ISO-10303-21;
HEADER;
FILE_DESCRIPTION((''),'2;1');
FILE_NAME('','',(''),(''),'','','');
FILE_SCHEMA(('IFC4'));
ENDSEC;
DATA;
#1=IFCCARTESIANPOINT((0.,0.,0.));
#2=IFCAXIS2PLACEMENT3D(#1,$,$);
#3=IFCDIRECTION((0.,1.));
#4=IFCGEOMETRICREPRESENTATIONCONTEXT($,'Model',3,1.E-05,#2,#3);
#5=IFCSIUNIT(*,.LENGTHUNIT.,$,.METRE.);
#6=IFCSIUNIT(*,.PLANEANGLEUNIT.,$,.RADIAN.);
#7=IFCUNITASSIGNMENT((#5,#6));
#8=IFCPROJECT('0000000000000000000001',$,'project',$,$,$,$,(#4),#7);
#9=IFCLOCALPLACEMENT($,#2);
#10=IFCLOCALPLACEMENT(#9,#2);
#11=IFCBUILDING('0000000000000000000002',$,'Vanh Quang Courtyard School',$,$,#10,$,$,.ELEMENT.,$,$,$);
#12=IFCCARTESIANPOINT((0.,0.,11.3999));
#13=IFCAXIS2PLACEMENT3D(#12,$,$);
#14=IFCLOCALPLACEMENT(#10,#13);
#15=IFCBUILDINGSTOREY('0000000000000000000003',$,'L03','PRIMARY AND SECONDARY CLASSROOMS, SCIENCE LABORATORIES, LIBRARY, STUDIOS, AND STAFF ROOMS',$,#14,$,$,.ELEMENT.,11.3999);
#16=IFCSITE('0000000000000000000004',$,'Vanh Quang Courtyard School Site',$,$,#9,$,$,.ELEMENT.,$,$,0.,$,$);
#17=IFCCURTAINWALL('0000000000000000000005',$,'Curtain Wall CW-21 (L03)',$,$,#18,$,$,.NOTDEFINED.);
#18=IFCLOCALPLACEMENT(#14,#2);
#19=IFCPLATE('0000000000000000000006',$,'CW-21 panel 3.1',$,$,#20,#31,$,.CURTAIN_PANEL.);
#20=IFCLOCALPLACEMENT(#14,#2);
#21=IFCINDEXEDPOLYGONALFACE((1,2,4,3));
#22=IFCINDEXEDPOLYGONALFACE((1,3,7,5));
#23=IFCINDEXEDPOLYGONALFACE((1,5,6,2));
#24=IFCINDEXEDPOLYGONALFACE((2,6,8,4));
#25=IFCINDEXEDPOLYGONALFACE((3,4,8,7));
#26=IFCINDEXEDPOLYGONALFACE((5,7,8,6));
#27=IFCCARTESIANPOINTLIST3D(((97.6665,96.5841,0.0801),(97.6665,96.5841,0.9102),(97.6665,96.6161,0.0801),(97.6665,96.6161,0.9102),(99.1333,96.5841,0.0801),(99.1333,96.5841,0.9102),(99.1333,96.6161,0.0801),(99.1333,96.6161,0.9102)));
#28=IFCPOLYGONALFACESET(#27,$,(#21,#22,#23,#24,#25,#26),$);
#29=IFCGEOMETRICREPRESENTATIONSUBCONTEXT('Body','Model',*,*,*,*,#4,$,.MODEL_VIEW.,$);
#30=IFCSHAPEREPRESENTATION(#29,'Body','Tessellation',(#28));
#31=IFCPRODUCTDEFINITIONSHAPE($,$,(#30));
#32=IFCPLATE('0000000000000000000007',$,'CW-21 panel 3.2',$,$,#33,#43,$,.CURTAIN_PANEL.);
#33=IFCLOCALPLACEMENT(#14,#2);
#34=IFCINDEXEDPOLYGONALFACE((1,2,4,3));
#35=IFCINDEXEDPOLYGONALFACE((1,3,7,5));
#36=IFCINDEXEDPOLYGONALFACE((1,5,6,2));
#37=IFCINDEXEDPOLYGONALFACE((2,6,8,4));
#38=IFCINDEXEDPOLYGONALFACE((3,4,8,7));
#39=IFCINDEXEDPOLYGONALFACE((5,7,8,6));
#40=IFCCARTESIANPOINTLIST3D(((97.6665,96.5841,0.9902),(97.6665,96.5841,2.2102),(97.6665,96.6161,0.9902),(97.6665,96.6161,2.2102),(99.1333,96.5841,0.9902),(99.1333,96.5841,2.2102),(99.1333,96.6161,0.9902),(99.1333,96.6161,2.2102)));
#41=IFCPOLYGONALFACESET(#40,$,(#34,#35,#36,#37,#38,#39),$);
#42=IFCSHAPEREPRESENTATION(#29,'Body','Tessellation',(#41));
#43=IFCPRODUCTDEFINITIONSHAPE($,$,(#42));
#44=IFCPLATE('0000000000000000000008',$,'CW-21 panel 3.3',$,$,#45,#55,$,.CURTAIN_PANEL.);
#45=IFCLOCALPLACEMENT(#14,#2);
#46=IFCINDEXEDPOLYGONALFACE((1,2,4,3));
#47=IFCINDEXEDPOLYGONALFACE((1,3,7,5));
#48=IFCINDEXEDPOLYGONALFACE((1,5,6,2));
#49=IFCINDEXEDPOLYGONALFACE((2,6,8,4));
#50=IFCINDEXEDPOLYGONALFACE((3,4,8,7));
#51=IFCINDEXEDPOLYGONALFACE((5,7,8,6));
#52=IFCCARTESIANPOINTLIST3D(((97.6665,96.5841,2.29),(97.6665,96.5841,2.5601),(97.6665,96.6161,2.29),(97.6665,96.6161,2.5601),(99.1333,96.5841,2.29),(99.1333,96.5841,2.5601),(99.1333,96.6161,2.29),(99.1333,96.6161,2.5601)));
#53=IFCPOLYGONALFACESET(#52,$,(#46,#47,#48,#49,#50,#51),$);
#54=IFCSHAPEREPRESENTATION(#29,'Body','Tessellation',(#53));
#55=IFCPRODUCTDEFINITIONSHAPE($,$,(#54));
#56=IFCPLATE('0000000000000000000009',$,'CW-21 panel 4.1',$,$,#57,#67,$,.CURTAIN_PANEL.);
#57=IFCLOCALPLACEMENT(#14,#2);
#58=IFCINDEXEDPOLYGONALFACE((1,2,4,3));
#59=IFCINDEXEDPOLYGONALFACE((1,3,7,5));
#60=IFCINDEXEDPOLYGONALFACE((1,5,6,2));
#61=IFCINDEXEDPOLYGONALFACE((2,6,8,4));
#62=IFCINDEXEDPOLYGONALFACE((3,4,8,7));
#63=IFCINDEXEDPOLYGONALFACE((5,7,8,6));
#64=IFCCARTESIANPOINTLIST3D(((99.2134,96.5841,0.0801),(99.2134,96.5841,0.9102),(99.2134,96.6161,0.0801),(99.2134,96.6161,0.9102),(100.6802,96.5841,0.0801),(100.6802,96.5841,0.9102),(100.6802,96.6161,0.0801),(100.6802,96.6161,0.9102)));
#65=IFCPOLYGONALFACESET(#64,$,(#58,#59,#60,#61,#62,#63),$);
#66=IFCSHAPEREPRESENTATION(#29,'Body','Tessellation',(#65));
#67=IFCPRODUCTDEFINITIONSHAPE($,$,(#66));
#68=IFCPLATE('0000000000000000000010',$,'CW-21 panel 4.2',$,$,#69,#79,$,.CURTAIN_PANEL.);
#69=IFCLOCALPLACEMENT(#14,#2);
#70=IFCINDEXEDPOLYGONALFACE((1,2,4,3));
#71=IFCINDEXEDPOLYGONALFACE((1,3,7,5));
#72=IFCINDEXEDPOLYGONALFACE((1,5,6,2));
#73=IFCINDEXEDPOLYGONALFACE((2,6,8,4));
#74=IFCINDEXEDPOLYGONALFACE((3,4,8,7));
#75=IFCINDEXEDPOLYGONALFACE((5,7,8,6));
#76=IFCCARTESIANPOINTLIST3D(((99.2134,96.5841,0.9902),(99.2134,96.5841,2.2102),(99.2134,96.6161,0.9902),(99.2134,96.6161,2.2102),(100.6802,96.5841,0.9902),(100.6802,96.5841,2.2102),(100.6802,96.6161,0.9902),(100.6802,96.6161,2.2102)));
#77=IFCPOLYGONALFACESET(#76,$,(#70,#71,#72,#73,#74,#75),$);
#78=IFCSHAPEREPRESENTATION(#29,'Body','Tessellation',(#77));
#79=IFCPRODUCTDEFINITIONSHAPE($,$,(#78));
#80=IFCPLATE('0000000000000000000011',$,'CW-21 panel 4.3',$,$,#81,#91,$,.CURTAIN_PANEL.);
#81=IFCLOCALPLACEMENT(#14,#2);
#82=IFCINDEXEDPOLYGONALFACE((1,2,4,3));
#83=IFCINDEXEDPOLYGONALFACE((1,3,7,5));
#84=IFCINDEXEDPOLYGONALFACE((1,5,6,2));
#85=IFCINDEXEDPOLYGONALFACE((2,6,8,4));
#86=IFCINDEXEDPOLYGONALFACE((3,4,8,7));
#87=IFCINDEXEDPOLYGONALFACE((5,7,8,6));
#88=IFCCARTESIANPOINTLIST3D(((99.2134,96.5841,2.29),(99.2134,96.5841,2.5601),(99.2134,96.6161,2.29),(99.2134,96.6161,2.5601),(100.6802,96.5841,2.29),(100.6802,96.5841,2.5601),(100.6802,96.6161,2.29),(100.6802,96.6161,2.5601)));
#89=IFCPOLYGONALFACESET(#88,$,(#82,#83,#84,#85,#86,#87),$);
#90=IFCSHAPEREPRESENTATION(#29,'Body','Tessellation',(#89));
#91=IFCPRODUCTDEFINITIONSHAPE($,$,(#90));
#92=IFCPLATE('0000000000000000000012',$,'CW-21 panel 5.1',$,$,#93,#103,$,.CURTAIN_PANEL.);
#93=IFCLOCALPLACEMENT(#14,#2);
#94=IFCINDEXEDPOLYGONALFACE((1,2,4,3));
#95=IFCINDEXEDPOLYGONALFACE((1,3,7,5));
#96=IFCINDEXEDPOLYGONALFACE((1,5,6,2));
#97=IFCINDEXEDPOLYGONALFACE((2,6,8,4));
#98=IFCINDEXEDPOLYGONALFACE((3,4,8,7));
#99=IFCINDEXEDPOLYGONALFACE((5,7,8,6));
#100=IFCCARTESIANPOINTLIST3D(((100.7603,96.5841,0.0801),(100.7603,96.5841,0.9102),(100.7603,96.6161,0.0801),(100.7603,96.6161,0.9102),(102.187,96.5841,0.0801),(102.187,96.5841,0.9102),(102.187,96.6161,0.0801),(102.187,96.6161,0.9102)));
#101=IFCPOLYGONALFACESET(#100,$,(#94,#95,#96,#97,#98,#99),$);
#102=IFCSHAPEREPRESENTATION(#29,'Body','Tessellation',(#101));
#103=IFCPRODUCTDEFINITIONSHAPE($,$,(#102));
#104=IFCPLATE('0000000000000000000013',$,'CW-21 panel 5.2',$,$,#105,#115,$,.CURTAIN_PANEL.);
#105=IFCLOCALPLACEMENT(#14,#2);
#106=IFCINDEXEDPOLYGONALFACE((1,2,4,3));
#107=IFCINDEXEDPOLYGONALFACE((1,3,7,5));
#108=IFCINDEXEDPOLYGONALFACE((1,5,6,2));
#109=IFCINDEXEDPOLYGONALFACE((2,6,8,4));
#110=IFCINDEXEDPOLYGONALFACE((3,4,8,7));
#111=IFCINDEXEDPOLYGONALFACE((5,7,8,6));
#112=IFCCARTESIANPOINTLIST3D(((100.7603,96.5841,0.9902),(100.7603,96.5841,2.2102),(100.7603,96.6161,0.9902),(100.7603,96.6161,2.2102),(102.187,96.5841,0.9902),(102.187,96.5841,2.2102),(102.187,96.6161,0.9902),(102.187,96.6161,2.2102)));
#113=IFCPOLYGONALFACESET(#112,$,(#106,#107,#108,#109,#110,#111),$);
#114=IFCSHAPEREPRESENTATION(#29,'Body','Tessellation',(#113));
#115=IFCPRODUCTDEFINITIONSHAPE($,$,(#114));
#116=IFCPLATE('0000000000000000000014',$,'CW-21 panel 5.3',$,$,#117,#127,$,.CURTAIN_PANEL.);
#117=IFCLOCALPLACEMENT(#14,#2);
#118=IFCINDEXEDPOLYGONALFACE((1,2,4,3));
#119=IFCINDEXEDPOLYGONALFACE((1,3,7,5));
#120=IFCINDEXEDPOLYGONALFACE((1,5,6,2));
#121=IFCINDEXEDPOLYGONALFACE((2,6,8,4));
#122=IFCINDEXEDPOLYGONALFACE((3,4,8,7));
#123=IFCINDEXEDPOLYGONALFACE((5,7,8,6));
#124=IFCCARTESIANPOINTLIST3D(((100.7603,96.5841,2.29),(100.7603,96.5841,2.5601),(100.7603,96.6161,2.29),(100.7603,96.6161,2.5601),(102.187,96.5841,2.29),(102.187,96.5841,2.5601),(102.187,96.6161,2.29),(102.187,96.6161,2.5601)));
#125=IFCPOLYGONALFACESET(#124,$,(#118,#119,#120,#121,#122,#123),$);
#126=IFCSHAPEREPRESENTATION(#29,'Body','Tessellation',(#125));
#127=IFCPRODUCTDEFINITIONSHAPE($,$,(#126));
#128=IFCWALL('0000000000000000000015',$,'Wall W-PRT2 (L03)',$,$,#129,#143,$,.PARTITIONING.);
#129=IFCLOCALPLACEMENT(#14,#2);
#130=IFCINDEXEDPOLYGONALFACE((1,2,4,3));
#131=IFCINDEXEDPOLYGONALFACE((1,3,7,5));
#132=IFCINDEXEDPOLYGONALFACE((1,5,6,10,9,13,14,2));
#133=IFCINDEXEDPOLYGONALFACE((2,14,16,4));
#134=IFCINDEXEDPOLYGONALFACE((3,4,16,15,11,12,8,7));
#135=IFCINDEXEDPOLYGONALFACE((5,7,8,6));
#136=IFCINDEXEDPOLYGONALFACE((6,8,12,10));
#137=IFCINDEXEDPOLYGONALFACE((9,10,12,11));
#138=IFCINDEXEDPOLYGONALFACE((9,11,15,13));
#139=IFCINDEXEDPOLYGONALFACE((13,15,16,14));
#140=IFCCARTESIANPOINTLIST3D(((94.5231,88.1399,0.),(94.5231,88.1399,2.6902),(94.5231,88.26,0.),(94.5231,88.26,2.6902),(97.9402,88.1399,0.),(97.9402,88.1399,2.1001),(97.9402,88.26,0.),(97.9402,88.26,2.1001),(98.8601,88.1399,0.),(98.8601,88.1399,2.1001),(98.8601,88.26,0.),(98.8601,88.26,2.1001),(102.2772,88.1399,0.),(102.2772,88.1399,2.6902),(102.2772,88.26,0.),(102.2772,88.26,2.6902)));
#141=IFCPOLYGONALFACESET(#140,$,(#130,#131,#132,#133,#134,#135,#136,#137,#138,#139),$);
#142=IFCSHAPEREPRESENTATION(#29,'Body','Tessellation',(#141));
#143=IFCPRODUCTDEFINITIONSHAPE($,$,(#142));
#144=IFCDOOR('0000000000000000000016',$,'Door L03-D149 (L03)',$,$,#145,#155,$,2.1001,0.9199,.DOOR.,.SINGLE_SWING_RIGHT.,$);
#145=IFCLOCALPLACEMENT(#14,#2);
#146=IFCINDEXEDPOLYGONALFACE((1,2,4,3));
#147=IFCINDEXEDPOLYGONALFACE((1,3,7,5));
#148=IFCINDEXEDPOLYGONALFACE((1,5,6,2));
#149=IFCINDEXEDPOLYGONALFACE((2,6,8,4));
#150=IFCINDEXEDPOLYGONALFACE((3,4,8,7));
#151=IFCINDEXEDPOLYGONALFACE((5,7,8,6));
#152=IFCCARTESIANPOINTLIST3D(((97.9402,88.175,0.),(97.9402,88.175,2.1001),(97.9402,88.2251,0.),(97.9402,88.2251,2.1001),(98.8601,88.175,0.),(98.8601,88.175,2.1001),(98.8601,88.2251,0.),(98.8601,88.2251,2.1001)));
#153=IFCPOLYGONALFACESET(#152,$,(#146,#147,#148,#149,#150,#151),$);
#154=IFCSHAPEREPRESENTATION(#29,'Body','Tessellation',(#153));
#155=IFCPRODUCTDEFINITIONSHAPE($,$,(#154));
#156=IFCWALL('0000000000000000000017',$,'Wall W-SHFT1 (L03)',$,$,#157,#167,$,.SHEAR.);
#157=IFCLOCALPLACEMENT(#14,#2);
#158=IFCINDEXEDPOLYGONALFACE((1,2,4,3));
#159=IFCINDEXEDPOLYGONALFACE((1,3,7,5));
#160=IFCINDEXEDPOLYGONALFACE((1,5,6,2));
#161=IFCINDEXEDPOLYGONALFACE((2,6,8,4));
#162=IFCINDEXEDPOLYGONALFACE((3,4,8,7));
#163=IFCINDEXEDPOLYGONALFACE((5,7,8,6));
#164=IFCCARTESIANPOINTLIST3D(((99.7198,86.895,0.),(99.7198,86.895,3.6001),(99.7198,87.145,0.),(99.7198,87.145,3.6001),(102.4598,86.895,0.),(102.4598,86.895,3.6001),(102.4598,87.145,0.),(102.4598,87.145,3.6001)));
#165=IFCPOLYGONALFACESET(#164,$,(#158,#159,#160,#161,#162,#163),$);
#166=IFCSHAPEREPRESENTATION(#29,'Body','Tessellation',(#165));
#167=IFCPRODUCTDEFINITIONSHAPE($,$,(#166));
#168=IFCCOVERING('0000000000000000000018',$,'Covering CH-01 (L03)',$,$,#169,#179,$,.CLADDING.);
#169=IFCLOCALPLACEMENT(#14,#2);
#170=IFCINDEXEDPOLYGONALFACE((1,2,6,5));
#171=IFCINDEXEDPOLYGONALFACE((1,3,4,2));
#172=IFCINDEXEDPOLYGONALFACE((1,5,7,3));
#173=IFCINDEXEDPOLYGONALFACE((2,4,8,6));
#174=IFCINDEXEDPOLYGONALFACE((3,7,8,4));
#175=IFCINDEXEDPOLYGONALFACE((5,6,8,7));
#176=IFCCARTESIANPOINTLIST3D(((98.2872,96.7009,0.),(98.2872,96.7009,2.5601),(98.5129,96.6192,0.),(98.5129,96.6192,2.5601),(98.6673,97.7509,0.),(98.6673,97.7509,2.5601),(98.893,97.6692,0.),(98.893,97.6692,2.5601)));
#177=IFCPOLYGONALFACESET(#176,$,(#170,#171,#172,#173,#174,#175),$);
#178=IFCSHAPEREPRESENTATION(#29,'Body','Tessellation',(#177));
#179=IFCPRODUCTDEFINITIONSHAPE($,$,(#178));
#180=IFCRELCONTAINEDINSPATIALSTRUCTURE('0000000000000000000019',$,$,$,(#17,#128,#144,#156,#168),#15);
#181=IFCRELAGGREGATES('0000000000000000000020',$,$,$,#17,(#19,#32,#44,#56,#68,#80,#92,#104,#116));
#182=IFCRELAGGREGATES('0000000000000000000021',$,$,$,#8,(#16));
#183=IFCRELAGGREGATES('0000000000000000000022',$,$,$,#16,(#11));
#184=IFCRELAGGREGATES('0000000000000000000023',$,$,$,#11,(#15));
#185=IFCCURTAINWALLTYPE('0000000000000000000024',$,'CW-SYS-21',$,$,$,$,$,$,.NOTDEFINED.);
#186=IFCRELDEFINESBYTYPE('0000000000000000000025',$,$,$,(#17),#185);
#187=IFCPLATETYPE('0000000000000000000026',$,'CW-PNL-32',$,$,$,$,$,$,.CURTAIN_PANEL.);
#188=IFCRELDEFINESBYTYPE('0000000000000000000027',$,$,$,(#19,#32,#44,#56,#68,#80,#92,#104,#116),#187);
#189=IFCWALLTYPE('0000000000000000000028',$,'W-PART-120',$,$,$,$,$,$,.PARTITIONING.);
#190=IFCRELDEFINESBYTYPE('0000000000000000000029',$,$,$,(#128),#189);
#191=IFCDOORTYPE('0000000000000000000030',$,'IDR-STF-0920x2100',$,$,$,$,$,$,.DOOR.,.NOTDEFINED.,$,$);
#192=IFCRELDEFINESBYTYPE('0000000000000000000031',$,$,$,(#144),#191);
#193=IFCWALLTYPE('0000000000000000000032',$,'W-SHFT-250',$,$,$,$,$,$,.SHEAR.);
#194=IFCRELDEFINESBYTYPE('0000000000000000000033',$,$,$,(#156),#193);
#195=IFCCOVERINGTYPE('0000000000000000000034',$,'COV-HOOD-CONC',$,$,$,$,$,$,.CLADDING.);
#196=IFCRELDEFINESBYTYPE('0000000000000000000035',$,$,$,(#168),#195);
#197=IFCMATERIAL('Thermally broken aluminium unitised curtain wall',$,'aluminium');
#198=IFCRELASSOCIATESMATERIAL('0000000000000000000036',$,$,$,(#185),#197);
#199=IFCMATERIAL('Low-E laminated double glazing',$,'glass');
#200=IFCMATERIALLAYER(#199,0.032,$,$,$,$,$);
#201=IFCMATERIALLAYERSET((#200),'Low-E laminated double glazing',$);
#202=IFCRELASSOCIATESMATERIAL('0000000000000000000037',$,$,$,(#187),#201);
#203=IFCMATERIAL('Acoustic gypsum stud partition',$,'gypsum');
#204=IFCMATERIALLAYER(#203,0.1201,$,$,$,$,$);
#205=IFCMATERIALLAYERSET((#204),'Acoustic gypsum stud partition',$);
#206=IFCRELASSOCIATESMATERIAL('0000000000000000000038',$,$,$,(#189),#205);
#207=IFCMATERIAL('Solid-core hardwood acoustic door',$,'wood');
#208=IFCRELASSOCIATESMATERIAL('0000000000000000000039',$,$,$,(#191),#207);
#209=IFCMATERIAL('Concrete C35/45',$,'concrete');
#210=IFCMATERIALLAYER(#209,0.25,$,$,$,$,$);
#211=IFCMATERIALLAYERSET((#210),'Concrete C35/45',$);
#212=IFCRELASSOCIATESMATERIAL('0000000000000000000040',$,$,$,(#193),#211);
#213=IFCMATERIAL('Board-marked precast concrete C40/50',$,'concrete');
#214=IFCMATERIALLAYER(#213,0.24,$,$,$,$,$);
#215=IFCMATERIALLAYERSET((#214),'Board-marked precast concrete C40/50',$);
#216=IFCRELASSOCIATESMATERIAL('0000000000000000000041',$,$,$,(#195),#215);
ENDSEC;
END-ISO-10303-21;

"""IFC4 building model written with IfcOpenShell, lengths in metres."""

from ifc_helpers import new_model, si_unit, direction, frame, frame_2d, origin, origin_2d, place, context, subcontext, project, spatial, rectangle, extrude, material, layer, layer_set, type_object, element, fill, aggregate, save


model = new_model("IFC4")

# Units and contexts
model_context = context("Model", 3, precision=1e-05, world=origin(), true_north=direction((0.0, 1.0)))
body_context = subcontext(model_context, "Body", "Model", "MODEL_VIEW")
ifc_project = project(units=[si_unit("LENGTHUNIT", "METRE"), si_unit("PLANEANGLEUNIT", "RADIAN")], contexts=[model_context])

# Site, building, storey
site_placement = place(None, origin())
site = spatial("IfcSite", under=ifc_project, at=site_placement, Name="Vanh Quang Courtyard School Site", CompositionType="ELEMENT", RefElevation=0.0)
building_placement = place(site_placement, origin())
building = spatial("IfcBuilding", under=site, at=building_placement, Name="Vanh Quang Courtyard School", CompositionType="ELEMENT")
storey_placement = place(building_placement, frame((0.0, 0.0, 11.3999)))
storey = spatial("IfcBuildingStorey", under=building, at=storey_placement, Name="L03", Description="PRIMARY AND SECONDARY CLASSROOMS, SCIENCE LABORATORIES, LIBRARY, STUDIOS, AND STAFF ROOMS", CompositionType="ELEMENT", Elevation=11.3999)

# Curtain wall, plates
ifc_material_1 = material(Name="Thermally broken aluminium unitised curtain wall", Category="aluminium")
curtain_wall_type = type_object("IfcCurtainWallType", Name="CW-SYS-21", PredefinedType="NOTDEFINED", material=ifc_material_1)
curtain_wall_placement = place(storey_placement, origin())
curtain_wall = element("IfcCurtainWall", 1, at=curtain_wall_placement, inside=storey, type_object=curtain_wall_type, Name="Curtain Wall CW-21 (L03)", PredefinedType="NOTDEFINED")
ifc_material_2 = material(Name="Low-E laminated double glazing", Category="glass")
ifc_layer_1 = layer(ifc_material_2, 0.032)
ifc_layer_set_1 = layer_set([ifc_layer_1], Name="Low-E laminated double glazing")
plate_type = type_object("IfcPlateType", Name="CW-PNL-32", PredefinedType="CURTAIN_PANEL", material=ifc_layer_set_1)
plate_1_placement = place(storey_placement, frame((98.3999, 96.6001, 0.0801), z_axis=(0.0, 0.0, 1.0), x_axis=(1.0, 0.0, 0.0)))
plate_1 = element("IfcPlate", 2, at=plate_1_placement, type_object=plate_type, Name="CW-21 panel 3.1", PredefinedType="CURTAIN_PANEL", context=body_context, shape_type="SweptSolid", body=[
    extrude(rectangle(XDim=1.4668, YDim=0.032, at=origin_2d()), origin(), (0.0, 0.0, 1.0), 0.8301),
])
plate_2_placement = place(storey_placement, frame((98.3999, 96.6001, 0.9902), z_axis=(0.0, 0.0, 1.0), x_axis=(1.0, 0.0, 0.0)))
plate_2 = element("IfcPlate", 3, at=plate_2_placement, type_object=plate_type, Name="CW-21 panel 3.2", PredefinedType="CURTAIN_PANEL", context=body_context, shape_type="SweptSolid", body=[
    extrude(rectangle(XDim=1.4668, YDim=0.032, at=origin_2d()), origin(), (0.0, 0.0, 1.0), 1.22),
])
plate_3_placement = place(storey_placement, frame((98.3999, 96.6001, 2.29), z_axis=(0.0, 0.0, 1.0), x_axis=(1.0, 0.0, 0.0)))
plate_3 = element("IfcPlate", 4, at=plate_3_placement, type_object=plate_type, Name="CW-21 panel 3.3", PredefinedType="CURTAIN_PANEL", context=body_context, shape_type="SweptSolid", body=[
    extrude(rectangle(XDim=1.4668, YDim=0.032, at=origin_2d()), origin(), (0.0, 0.0, 1.0), 0.27),
])
plate_4_placement = place(storey_placement, frame((99.9468, 96.6001, 0.0801), z_axis=(0.0, 0.0, 1.0), x_axis=(1.0, 0.0, 0.0)))
plate_4 = element("IfcPlate", 5, at=plate_4_placement, type_object=plate_type, Name="CW-21 panel 4.1", PredefinedType="CURTAIN_PANEL", context=body_context, shape_type="SweptSolid", body=[
    extrude(rectangle(XDim=1.4668, YDim=0.032, at=origin_2d()), origin(), (0.0, 0.0, 1.0), 0.8301),
])
plate_5_placement = place(storey_placement, frame((99.9468, 96.6001, 0.9902), z_axis=(0.0, 0.0, 1.0), x_axis=(1.0, 0.0, 0.0)))
plate_5 = element("IfcPlate", 6, at=plate_5_placement, type_object=plate_type, Name="CW-21 panel 4.2", PredefinedType="CURTAIN_PANEL", context=body_context, shape_type="SweptSolid", body=[
    extrude(rectangle(XDim=1.4668, YDim=0.032, at=origin_2d()), origin(), (0.0, 0.0, 1.0), 1.22),
])
plate_6_placement = place(storey_placement, frame((99.9468, 96.6001, 2.29), z_axis=(0.0, 0.0, 1.0), x_axis=(1.0, 0.0, 0.0)))
plate_6 = element("IfcPlate", 7, at=plate_6_placement, type_object=plate_type, Name="CW-21 panel 4.3", PredefinedType="CURTAIN_PANEL", context=body_context, shape_type="SweptSolid", body=[
    extrude(rectangle(XDim=1.4668, YDim=0.032, at=origin_2d()), origin(), (0.0, 0.0, 1.0), 0.27),
])
plate_7_placement = place(storey_placement, frame((101.4736, 96.6001, 0.0801), z_axis=(0.0, 0.0, 1.0), x_axis=(1.0, 0.0, 0.0)))
plate_7 = element("IfcPlate", 8, at=plate_7_placement, type_object=plate_type, Name="CW-21 panel 5.1", PredefinedType="CURTAIN_PANEL", context=body_context, shape_type="SweptSolid", body=[
    extrude(rectangle(XDim=1.4268, YDim=0.032, at=origin_2d()), origin(), (0.0, 0.0, 1.0), 0.8301),
])
plate_8_placement = place(storey_placement, frame((101.4736, 96.6001, 0.9902), z_axis=(0.0, 0.0, 1.0), x_axis=(1.0, 0.0, 0.0)))
plate_8 = element("IfcPlate", 9, at=plate_8_placement, type_object=plate_type, Name="CW-21 panel 5.2", PredefinedType="CURTAIN_PANEL", context=body_context, shape_type="SweptSolid", body=[
    extrude(rectangle(XDim=1.4268, YDim=0.032, at=origin_2d()), origin(), (0.0, 0.0, 1.0), 1.22),
])
plate_9_placement = place(storey_placement, frame((101.4736, 96.6001, 2.29), z_axis=(0.0, 0.0, 1.0), x_axis=(1.0, 0.0, 0.0)))
plate_9 = element("IfcPlate", 10, at=plate_9_placement, type_object=plate_type, Name="CW-21 panel 5.3", PredefinedType="CURTAIN_PANEL", context=body_context, shape_type="SweptSolid", body=[
    extrude(rectangle(XDim=1.4268, YDim=0.032, at=origin_2d()), origin(), (0.0, 0.0, 1.0), 0.27),
])
aggregate(curtain_wall, [plate_1, plate_2, plate_3, plate_4, plate_5, plate_6, plate_7, plate_8, plate_9])

# Wall, opening, door
ifc_material_3 = material(Name="Acoustic gypsum stud partition", Category="gypsum")
ifc_layer_2 = layer(ifc_material_3, 0.1201)
ifc_layer_set_2 = layer_set([ifc_layer_2], Name="Acoustic gypsum stud partition")
wall_type_1 = type_object("IfcWallType", Name="W-PART-120", PredefinedType="PARTITIONING", material=ifc_layer_set_2)
wall_1_placement = place(storey_placement, frame((102.2771, 88.2, 0.0), z_axis=(0.0, 0.0, 1.0), x_axis=(-1.0, 0.0, 0.0)))
wall_1 = element("IfcWall", 11, at=wall_1_placement, inside=storey, type_object=wall_type_1, Name="Wall W-PRT2 (L03)", PredefinedType="PARTITIONING", context=body_context, shape_type="SweptSolid", body=[
    extrude(rectangle(XDim=7.7542, YDim=0.1201, at=frame_2d((3.877, 0.0))), origin(), (0.0, 0.0, 1.0), 2.6902),
])
opening_1_placement = place(wall_1_placement, frame((3.417, 0.0, 0.0)))
opening_1 = element("IfcOpeningElement", 12, at=opening_1_placement, cuts=wall_1, PredefinedType="OPENING", context=body_context, shape_type="SweptSolid", body=[
    extrude(rectangle(XDim=0.9199, YDim=2.1001, at=frame_2d((0.46, 1.05))), frame((0.0, 0.0701, 0.0), z_axis=(0.0, -1.0, 0.0), x_axis=(1.0, 0.0, 0.0)), (0.0, 0.0, 1.0), 0.1401),
])
ifc_material_4 = material(Name="Solid-core hardwood acoustic door", Category="wood")
door_type_1 = type_object("IfcDoorType", Name="IDR-STF-0920x2100", OperationType="NOTDEFINED", PredefinedType="DOOR", material=ifc_material_4)
door_1_placement = place(opening_1_placement, origin())
door_1 = element("IfcDoor", 13, at=door_1_placement, inside=storey, type_object=door_type_1, Name="Door L03-D149 (L03)", OperationType="SINGLE_SWING_RIGHT", OverallHeight=2.1001, OverallWidth=0.9199, PredefinedType="DOOR", context=body_context, shape_type="SweptSolid", body=[
    extrude(rectangle(XDim=0.9199, YDim=2.1001, at=frame_2d((0.46, 1.05))), frame((0.0, 0.0249, 0.0), z_axis=(0.0, -1.0, 0.0), x_axis=(1.0, 0.0, 0.0)), (0.0, 0.0, 1.0), 0.05),
])
fill(opening_1, door_1)
ifc_material_5 = material(Name="Concrete C35/45", Category="concrete")
ifc_layer_3 = layer(ifc_material_5, 0.25)
ifc_layer_set_3 = layer_set([ifc_layer_3], Name="Concrete C35/45")
wall_type_2 = type_object("IfcWallType", Name="W-SHFT-250", PredefinedType="SHEAR", material=ifc_layer_set_3)

# Wall
wall_2_placement = place(storey_placement, frame((102.46, 87.02, 0.0), z_axis=(0.0, 0.0, 1.0), x_axis=(-1.0, 0.0, 0.0)))
element("IfcWall", 14, at=wall_2_placement, inside=storey, type_object=wall_type_2, Name="Wall W-SHFT1 (L03)", PredefinedType="SHEAR", context=body_context, shape_type="SweptSolid", body=[
    extrude(rectangle(XDim=2.74, YDim=0.25, at=frame_2d((1.3701, 0.0))), origin(), (0.0, 0.0, 1.0), 3.6001),
])

# Covering
ifc_material_6 = material(Name="Board-marked precast concrete C40/50", Category="concrete")
ifc_layer_4 = layer(ifc_material_6, 0.24)
ifc_layer_set_4 = layer_set([ifc_layer_4], Name="Board-marked precast concrete C40/50")
covering_type = type_object("IfcCoveringType", Name="COV-HOOD-CONC", PredefinedType="CLADDING", material=ifc_layer_set_4)
covering_placement = place(storey_placement, frame((98.5901, 97.1851, 0.0), z_axis=(0.0, 0.0, 1.0), x_axis=(0.34038, 0.940288, 0.0)))
element("IfcCovering", 15, at=covering_placement, inside=storey, type_object=covering_type, Name="Covering CH-01 (L03)", PredefinedType="CLADDING", context=body_context, shape_type="SweptSolid", body=[
    extrude(rectangle(XDim=1.1167, YDim=0.24, at=origin_2d()), origin(), (0.0, 0.0, 1.0), 2.5601),
])

save(model, "model.ifc")
